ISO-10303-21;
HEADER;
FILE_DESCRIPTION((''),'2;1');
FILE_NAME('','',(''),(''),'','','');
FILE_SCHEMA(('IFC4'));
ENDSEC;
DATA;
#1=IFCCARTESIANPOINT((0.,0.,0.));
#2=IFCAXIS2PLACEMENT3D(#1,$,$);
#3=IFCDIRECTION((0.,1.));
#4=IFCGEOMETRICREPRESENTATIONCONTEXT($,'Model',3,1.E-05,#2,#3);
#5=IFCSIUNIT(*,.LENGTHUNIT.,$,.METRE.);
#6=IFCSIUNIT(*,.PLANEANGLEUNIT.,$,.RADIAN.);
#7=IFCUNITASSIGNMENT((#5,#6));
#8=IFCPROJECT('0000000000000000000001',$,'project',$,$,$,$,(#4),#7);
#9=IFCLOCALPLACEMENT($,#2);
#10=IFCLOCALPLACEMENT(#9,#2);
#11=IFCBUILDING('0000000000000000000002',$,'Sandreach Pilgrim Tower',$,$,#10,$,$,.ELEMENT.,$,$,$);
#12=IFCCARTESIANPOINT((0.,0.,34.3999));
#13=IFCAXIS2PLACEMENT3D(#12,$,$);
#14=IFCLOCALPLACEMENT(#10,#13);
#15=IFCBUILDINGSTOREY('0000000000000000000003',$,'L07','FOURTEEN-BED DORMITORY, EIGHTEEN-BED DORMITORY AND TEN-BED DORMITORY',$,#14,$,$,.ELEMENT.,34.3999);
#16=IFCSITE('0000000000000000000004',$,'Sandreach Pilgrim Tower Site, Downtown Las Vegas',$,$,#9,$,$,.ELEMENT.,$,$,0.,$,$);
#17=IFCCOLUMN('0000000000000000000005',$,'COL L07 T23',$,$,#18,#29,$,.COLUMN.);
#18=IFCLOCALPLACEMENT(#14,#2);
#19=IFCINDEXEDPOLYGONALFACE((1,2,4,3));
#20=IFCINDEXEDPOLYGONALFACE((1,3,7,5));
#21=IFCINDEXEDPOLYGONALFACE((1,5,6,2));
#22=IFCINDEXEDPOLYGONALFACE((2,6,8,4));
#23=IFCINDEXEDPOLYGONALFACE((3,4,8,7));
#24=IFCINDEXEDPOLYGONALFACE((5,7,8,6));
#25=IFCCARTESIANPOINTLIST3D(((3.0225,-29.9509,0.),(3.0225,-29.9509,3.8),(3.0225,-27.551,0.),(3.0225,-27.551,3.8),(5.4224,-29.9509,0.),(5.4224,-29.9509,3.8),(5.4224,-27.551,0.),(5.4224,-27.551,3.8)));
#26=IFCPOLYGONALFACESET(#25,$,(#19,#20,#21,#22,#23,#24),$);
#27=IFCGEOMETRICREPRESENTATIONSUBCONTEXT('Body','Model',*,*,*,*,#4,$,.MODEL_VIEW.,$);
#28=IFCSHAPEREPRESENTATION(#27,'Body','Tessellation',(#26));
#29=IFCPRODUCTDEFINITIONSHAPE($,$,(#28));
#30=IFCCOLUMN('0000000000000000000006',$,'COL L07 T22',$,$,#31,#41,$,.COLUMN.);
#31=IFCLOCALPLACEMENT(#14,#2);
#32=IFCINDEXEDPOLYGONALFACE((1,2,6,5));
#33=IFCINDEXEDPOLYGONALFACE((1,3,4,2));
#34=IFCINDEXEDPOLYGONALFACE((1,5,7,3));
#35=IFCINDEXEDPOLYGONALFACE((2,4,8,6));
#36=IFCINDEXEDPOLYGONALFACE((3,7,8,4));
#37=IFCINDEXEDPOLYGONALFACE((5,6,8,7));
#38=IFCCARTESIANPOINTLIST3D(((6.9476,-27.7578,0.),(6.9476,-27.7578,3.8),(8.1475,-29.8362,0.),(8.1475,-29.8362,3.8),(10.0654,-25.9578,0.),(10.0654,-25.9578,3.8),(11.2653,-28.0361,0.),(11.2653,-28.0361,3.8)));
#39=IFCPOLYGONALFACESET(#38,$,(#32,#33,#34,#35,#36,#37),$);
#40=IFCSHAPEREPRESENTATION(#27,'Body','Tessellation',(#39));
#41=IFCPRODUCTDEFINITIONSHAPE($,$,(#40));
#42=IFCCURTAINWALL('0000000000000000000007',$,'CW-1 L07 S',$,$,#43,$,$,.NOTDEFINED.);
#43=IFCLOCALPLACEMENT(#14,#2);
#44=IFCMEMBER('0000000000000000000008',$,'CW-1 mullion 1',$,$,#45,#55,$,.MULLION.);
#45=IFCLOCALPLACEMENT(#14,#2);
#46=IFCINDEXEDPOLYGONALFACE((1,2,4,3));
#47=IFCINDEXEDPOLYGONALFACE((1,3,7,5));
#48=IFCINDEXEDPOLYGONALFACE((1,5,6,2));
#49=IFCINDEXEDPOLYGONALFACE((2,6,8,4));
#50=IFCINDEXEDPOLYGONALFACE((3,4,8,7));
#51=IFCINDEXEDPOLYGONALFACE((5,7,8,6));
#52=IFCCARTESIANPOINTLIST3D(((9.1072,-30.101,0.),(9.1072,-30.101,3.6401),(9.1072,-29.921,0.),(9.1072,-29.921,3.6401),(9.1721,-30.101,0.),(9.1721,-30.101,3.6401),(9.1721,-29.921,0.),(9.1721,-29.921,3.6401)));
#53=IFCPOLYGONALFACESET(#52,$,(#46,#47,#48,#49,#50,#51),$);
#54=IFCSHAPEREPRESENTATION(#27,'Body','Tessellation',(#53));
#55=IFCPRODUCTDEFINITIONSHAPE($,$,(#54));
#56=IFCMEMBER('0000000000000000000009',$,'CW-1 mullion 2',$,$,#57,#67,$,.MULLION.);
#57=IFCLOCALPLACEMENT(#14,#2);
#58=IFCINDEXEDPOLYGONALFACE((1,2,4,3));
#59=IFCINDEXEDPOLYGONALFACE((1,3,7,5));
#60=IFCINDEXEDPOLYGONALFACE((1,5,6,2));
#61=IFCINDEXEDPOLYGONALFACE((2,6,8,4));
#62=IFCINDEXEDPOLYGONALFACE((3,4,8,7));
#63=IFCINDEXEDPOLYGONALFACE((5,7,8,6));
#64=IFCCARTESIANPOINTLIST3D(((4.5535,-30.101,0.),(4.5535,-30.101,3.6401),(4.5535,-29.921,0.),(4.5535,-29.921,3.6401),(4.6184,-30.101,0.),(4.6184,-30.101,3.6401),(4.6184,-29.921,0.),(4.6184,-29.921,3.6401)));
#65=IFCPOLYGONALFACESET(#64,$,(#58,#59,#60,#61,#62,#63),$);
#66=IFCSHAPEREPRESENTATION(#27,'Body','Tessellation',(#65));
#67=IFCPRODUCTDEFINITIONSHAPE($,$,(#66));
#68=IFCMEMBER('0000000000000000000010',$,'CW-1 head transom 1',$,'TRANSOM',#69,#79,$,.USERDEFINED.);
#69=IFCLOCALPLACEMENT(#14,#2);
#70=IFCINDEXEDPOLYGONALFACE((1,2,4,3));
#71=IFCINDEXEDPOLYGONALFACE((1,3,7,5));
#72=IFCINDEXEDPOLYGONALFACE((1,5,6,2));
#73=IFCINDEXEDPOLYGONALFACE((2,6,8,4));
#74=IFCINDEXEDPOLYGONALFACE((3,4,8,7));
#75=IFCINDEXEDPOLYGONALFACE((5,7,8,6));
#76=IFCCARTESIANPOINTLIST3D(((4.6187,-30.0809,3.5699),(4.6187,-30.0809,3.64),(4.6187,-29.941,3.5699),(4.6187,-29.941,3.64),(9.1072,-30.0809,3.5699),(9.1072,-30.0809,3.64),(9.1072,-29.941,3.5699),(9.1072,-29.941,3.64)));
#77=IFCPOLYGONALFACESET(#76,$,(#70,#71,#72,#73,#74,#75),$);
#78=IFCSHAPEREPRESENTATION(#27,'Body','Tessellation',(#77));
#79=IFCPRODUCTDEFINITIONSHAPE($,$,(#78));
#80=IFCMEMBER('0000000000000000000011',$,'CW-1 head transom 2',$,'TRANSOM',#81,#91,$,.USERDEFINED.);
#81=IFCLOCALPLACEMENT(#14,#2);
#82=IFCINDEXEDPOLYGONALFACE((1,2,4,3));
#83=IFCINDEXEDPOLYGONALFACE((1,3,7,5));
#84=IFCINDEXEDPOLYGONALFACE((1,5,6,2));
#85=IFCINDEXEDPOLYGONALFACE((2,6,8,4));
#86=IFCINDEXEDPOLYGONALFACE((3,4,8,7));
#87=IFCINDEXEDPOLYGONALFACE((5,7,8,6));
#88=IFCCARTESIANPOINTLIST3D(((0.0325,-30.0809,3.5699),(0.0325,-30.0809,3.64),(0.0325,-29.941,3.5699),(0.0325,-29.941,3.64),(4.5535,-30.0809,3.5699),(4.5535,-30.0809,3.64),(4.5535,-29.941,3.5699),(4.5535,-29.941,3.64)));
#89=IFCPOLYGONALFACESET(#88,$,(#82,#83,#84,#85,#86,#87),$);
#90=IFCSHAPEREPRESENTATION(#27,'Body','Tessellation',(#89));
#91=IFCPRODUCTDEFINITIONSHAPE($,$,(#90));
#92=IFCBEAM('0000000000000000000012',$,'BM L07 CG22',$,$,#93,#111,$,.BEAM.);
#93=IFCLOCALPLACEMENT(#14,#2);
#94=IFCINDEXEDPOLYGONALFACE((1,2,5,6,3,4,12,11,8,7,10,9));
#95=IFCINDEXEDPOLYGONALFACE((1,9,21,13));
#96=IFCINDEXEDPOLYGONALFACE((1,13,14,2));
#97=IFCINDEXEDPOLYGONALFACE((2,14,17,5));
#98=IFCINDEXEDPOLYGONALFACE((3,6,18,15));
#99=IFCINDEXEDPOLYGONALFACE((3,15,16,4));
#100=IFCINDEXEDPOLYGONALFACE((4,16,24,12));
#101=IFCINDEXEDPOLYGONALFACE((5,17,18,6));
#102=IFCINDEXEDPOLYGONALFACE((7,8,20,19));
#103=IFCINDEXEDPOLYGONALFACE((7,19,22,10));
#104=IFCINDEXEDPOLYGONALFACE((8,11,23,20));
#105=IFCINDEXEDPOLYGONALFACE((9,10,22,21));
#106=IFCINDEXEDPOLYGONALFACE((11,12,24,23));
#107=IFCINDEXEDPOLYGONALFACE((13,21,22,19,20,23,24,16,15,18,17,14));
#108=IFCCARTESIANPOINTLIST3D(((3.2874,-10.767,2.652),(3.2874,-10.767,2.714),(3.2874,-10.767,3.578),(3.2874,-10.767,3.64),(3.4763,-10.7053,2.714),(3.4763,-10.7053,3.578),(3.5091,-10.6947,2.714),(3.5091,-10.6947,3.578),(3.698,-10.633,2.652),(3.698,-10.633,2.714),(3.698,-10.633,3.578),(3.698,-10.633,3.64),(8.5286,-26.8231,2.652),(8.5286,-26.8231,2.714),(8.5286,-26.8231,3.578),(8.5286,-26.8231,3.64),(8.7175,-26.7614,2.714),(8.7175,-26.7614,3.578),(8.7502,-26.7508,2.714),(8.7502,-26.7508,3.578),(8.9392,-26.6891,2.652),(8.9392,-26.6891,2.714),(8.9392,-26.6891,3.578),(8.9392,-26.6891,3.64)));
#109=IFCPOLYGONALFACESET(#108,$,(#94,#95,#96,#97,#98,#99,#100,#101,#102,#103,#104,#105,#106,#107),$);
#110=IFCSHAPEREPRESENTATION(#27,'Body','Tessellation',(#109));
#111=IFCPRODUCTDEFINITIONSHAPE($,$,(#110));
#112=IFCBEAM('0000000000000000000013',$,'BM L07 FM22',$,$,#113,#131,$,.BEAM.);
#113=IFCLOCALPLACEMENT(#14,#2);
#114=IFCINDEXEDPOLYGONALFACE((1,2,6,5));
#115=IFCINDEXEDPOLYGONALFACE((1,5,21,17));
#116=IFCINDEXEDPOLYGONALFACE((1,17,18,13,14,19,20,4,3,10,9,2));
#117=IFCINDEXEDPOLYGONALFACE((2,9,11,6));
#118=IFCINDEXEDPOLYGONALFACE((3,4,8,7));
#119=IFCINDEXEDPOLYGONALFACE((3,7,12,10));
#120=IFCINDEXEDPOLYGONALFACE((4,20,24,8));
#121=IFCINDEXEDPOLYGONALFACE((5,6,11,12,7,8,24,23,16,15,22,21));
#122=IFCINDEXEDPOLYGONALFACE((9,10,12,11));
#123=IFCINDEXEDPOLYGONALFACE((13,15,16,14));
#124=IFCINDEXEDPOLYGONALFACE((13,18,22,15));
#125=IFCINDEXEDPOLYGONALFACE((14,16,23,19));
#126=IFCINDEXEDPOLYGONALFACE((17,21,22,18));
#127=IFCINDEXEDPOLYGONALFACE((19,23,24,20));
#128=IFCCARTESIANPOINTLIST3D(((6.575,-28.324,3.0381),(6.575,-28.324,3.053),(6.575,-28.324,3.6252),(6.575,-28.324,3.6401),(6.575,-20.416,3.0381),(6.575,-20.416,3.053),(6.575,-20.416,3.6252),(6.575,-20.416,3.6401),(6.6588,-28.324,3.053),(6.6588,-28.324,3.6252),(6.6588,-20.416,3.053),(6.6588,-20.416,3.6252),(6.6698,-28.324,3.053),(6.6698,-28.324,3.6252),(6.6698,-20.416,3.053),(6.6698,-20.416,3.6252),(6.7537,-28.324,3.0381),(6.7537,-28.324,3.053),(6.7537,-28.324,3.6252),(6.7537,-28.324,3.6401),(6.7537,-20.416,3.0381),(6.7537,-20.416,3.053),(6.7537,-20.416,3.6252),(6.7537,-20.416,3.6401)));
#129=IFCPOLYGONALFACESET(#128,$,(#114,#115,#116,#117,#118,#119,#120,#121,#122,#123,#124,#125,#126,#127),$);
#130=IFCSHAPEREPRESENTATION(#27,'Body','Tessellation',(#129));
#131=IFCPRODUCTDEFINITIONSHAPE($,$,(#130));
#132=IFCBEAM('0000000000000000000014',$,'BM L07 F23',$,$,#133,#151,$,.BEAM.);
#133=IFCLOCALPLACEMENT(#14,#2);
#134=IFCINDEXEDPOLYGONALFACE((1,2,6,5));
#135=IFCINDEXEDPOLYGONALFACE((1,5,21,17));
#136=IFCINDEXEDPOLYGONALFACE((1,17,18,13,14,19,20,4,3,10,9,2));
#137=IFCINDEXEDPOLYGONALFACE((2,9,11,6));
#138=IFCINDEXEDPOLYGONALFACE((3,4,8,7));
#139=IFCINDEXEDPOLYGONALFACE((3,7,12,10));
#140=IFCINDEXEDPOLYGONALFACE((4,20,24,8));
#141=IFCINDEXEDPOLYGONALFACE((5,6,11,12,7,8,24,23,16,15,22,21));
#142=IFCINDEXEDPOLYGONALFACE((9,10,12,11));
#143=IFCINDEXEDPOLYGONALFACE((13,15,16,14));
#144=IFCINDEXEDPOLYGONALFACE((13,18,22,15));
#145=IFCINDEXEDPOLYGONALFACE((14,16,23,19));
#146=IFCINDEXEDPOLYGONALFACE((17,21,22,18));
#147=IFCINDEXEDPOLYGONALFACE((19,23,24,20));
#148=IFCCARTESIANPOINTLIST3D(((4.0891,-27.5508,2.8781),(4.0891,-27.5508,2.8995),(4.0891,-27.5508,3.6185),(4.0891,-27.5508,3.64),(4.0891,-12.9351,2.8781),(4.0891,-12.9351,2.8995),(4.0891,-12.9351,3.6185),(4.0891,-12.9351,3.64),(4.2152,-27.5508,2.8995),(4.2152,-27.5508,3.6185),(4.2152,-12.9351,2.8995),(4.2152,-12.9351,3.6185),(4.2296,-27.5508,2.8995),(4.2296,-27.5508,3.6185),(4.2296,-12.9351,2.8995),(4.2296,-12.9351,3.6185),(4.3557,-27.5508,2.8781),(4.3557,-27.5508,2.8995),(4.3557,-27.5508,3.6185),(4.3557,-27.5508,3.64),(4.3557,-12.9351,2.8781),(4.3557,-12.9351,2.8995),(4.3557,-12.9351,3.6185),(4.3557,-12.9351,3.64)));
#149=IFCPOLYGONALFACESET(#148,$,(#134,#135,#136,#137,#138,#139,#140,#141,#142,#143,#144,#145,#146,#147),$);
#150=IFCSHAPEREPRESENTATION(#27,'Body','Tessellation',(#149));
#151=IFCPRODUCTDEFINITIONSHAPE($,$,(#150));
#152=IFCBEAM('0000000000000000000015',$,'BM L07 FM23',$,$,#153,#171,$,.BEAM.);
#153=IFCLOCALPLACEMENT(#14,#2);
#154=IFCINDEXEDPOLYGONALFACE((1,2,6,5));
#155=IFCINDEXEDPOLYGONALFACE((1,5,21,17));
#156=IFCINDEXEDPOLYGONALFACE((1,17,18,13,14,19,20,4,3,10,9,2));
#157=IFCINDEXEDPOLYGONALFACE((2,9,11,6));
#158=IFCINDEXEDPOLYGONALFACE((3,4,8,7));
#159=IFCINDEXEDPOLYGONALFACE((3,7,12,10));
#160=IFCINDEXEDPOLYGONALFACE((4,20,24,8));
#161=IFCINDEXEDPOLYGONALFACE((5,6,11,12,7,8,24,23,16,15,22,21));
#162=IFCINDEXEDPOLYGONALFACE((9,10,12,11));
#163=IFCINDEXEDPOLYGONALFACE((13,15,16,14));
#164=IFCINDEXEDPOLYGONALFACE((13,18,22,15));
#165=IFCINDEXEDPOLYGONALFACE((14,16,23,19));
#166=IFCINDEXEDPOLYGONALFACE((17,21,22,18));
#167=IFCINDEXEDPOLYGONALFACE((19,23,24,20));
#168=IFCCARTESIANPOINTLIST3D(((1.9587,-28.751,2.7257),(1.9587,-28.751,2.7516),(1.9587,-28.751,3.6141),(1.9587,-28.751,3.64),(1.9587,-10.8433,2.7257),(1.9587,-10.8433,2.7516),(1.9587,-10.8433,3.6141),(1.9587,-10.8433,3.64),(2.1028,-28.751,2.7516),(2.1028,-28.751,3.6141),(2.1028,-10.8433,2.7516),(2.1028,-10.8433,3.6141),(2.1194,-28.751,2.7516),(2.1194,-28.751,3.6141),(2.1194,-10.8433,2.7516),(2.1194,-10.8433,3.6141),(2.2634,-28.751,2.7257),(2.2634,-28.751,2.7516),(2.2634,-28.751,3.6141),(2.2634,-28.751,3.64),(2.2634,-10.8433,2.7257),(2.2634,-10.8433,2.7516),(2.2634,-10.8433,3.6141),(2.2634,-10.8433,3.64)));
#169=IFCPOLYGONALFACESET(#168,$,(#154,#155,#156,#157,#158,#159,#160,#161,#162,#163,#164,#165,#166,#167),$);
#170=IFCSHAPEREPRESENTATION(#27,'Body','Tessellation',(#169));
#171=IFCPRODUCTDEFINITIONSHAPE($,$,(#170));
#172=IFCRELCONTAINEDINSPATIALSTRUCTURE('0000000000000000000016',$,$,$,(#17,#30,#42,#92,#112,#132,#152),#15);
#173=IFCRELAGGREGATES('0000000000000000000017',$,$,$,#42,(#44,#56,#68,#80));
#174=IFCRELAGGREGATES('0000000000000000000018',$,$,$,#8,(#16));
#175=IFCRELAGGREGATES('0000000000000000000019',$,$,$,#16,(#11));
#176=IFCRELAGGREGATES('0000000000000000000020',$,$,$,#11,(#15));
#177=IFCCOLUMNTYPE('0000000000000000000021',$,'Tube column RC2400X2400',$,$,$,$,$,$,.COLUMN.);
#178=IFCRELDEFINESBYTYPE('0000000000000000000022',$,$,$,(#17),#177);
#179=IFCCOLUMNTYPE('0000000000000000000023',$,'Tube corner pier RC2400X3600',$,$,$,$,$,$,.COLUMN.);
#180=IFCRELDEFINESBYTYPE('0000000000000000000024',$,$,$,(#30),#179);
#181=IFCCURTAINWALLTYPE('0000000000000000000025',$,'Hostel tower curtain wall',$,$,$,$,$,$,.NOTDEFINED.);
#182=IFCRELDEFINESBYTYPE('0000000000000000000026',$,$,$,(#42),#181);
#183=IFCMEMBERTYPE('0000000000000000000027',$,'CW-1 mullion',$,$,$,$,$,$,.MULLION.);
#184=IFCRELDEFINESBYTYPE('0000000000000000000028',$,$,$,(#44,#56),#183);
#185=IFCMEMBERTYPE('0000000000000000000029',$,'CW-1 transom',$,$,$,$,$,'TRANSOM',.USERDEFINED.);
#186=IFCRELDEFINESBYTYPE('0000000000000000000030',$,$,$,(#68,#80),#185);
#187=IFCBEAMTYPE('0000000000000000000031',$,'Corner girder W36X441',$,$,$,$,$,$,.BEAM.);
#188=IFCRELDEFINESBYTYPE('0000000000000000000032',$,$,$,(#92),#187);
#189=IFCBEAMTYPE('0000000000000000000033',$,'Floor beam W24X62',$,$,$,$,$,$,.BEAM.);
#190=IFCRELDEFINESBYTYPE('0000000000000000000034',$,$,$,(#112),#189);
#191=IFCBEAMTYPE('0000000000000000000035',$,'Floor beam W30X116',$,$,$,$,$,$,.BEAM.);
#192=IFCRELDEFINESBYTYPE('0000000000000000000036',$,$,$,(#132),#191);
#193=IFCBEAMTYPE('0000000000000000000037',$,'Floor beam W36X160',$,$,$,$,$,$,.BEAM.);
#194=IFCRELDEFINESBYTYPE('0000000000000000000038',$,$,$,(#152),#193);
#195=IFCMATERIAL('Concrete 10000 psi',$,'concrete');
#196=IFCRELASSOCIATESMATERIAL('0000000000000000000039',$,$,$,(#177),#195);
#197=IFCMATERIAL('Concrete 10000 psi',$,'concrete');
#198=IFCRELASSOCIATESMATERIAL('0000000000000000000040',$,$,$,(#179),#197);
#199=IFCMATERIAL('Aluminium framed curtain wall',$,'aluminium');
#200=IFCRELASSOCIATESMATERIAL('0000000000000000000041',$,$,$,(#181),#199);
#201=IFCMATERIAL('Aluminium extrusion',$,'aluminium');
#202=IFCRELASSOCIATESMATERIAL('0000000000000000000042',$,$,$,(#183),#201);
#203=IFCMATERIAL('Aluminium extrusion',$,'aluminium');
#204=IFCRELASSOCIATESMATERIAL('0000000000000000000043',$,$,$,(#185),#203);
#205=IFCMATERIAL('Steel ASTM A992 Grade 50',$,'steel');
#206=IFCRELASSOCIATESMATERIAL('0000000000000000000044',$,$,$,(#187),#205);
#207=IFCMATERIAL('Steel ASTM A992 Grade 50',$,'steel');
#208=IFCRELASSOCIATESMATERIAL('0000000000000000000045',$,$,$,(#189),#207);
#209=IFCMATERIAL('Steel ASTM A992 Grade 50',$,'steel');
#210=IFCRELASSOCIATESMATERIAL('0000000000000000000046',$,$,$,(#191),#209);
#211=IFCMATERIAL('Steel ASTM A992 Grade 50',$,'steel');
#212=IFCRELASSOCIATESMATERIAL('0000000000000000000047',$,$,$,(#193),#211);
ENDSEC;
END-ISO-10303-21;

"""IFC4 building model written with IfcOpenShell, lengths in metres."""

from ifc_helpers import new_model, si_unit, direction, frame, origin, origin_2d, place, context, subcontext, project, spatial, rectangle, i_section, extrude, material, material_profile, profile_set, type_object, element, aggregate, save


model = new_model("IFC4")

# Units and contexts
model_context = context("Model", 3, precision=1e-05, world=origin(), true_north=direction((0.0, 1.0)))
body_context = subcontext(model_context, "Body", "Model", "MODEL_VIEW")
ifc_project = project(units=[si_unit("LENGTHUNIT", "METRE"), si_unit("PLANEANGLEUNIT", "RADIAN")], contexts=[model_context])

# Site, building, storey
site_placement = place(None, origin())
site = spatial("IfcSite", under=ifc_project, at=site_placement, Name="Sandreach Pilgrim Tower Site, Downtown Las Vegas", CompositionType="ELEMENT", RefElevation=0.0)
building_placement = place(site_placement, origin())
building = spatial("IfcBuilding", under=site, at=building_placement, Name="Sandreach Pilgrim Tower", CompositionType="ELEMENT")
storey_placement = place(building_placement, frame((0.0, 0.0, 34.3999)))
storey = spatial("IfcBuildingStorey", under=building, at=storey_placement, Name="L07", Description="FOURTEEN-BED DORMITORY, EIGHTEEN-BED DORMITORY AND TEN-BED DORMITORY", CompositionType="ELEMENT", Elevation=34.3999)

# Columns
ifc_material_1 = material(Name="Concrete 10000 psi", Category="concrete")
ifc_material_profile_1 = material_profile(ifc_material_1, rectangle(XDim=2.3999, YDim=2.3999, at=origin_2d()), Name="RC2400X2400")
ifc_profile_set_1 = profile_set([ifc_material_profile_1], Name="Concrete 10000 psi")
column_type_1 = type_object("IfcColumnType", Name="Tube column RC2400X2400", PredefinedType="COLUMN", material=ifc_profile_set_1)
column_1_placement = place(storey_placement, frame((4.2224, -28.751, 0.0), z_axis=(0.0, 0.0, 1.0), x_axis=(0.0, -1.0, 0.0)))
element("IfcColumn", 1, at=column_1_placement, inside=storey, type_object=column_type_1, Name="COL L07 T23", PredefinedType="COLUMN", context=body_context, shape_type="SweptSolid", body=[
    extrude(rectangle(XDim=2.3999, YDim=2.3999, at=origin_2d()), origin(), (0.0, 0.0, 1.0), 3.8),
])
ifc_material_2 = material(Name="Concrete 10000 psi", Category="concrete")
ifc_material_profile_2 = material_profile(ifc_material_2, rectangle(XDim=2.3999, YDim=3.6001, at=origin_2d()), Name="RC2400X3600")
ifc_profile_set_2 = profile_set([ifc_material_profile_2], Name="Concrete 10000 psi")
column_type_2 = type_object("IfcColumnType", Name="Tube corner pier RC2400X3600", PredefinedType="COLUMN", material=ifc_profile_set_2)
column_2_placement = place(storey_placement, frame((9.1064, -27.897, 0.0), z_axis=(0.0, 0.0, 1.0), x_axis=(0.5, -0.866025, 0.0)))
element("IfcColumn", 2, at=column_2_placement, inside=storey, type_object=column_type_2, Name="COL L07 T22", PredefinedType="COLUMN", context=body_context, shape_type="SweptSolid", body=[
    extrude(rectangle(XDim=2.3999, YDim=3.6001, at=origin_2d()), origin(), (0.0, 0.0, 1.0), 3.8),
])

# Curtain wall, members
ifc_material_3 = material(Name="Aluminium framed curtain wall", Category="aluminium")
curtain_wall_type = type_object("IfcCurtainWallType", Name="Hostel tower curtain wall", PredefinedType="NOTDEFINED", material=ifc_material_3)
curtain_wall_placement = place(storey_placement, origin())
curtain_wall = element("IfcCurtainWall", 3, at=curtain_wall_placement, inside=storey, type_object=curtain_wall_type, Name="CW-1 L07 S", PredefinedType="NOTDEFINED")
ifc_material_4 = material(Name="Aluminium extrusion", Category="aluminium")
ifc_material_profile_3 = material_profile(ifc_material_4, rectangle(XDim=0.0649, YDim=0.1799, at=origin_2d()), Name="CW-1M 65X180")
ifc_profile_set_3 = profile_set([ifc_material_profile_3], Name="Aluminium extrusion")
member_type_1 = type_object("IfcMemberType", Name="CW-1 mullion", PredefinedType="MULLION", material=ifc_profile_set_3)
member_1_placement = place(storey_placement, frame((9.1396, -30.011, 0.0), z_axis=(0.0, 0.0, 1.0), x_axis=(-1.0, 0.0, 0.0)))
member_1 = element("IfcMember", 4, at=member_1_placement, type_object=member_type_1, Name="CW-1 mullion 1", PredefinedType="MULLION", context=body_context, shape_type="SweptSolid", body=[
    extrude(rectangle(XDim=0.0649, YDim=0.1799, at=origin_2d()), origin(), (0.0, 0.0, 1.0), 3.6401),
])
member_2_placement = place(storey_placement, frame((4.5859, -30.011, 0.0), z_axis=(0.0, 0.0, 1.0), x_axis=(-1.0, 0.0, 0.0)))
member_2 = element("IfcMember", 5, at=member_2_placement, type_object=member_type_1, Name="CW-1 mullion 2", PredefinedType="MULLION", context=body_context, shape_type="SweptSolid", body=[
    extrude(rectangle(XDim=0.0649, YDim=0.1799, at=origin_2d()), origin(), (0.0, 0.0, 1.0), 3.6401),
])
ifc_material_5 = material(Name="Aluminium extrusion", Category="aluminium")
ifc_material_profile_4 = material_profile(ifc_material_5, rectangle(XDim=0.1399, YDim=0.0701, at=origin_2d()), Name="CW-1T 140X70")
ifc_profile_set_4 = profile_set([ifc_material_profile_4], Name="Aluminium extrusion")
member_type_2 = type_object("IfcMemberType", Name="CW-1 transom", ElementType="TRANSOM", PredefinedType="USERDEFINED", material=ifc_profile_set_4)
member_3_placement = place(storey_placement, frame((9.1072, -30.011, 3.605), z_axis=(-1.0, 0.0, 0.0), x_axis=(0.0, -1.0, 0.0)))
member_3 = element("IfcMember", 6, at=member_3_placement, type_object=member_type_2, Name="CW-1 head transom 1", ObjectType="TRANSOM", PredefinedType="USERDEFINED", context=body_context, shape_type="SweptSolid", body=[
    extrude(rectangle(XDim=0.1399, YDim=0.0701, at=origin_2d()), origin(), (0.0, 0.0, 1.0), 4.4885),
])
member_4_placement = place(storey_placement, frame((4.5535, -30.011, 3.605), z_axis=(-1.0, 0.0, 0.0), x_axis=(0.0, -1.0, 0.0)))
member_4 = element("IfcMember", 7, at=member_4_placement, type_object=member_type_2, Name="CW-1 head transom 2", ObjectType="TRANSOM", PredefinedType="USERDEFINED", context=body_context, shape_type="SweptSolid", body=[
    extrude(rectangle(XDim=0.1399, YDim=0.0701, at=origin_2d()), origin(), (0.0, 0.0, 1.0), 4.521),
])

# Beams
ifc_material_6 = material(Name="Steel ASTM A992 Grade 50", Category="steel")
ifc_material_profile_5 = material_profile(ifc_material_6, i_section(OverallWidth=0.4319, OverallDepth=0.988, WebThickness=0.0344, FlangeThickness=0.062, at=origin_2d()), Name="W36X441")
ifc_profile_set_5 = profile_set([ifc_material_profile_5], Name="Steel ASTM A992 Grade 50")
beam_type_1 = type_object("IfcBeamType", Name="Corner girder W36X441", PredefinedType="BEAM", material=ifc_profile_set_5)
beam_1_placement = place(storey_placement, frame((8.7339, -26.7561, 3.146), z_axis=(-0.310315, 0.950634, 0.0), x_axis=(-0.950634, -0.310315, 0.0)))
element("IfcBeam", 8, at=beam_1_placement, inside=storey, type_object=beam_type_1, Name="BM L07 CG22", PredefinedType="BEAM", context=body_context, shape_type="SweptSolid", body=[
    extrude(i_section(OverallWidth=0.4319, OverallDepth=0.988, WebThickness=0.0344, FlangeThickness=0.062, at=origin_2d()), origin(), (0.0, 0.0, 1.0), 16.8899),
])
ifc_material_7 = material(Name="Steel ASTM A992 Grade 50", Category="steel")
ifc_material_profile_6 = material_profile(ifc_material_7, i_section(OverallWidth=0.1787, OverallDepth=0.6021, WebThickness=0.011, FlangeThickness=0.0149, at=origin_2d()), Name="W24X62")
ifc_profile_set_6 = profile_set([ifc_material_profile_6], Name="Steel ASTM A992 Grade 50")
beam_type_2 = type_object("IfcBeamType", Name="Floor beam W24X62", PredefinedType="BEAM", material=ifc_profile_set_6)
beam_2_placement = place(storey_placement, frame((6.6643, -28.324, 3.3391), z_axis=(0.0, 1.0, 0.0), x_axis=(-1.0, 0.0, 0.0)))
element("IfcBeam", 9, at=beam_2_placement, inside=storey, type_object=beam_type_2, Name="BM L07 FM22", PredefinedType="BEAM", context=body_context, shape_type="SweptSolid", body=[
    extrude(i_section(OverallWidth=0.1787, OverallDepth=0.6021, WebThickness=0.011, FlangeThickness=0.0149, at=origin_2d()), origin(), (0.0, 0.0, 1.0), 7.908),
])
ifc_material_8 = material(Name="Steel ASTM A992 Grade 50", Category="steel")
ifc_material_profile_7 = material_profile(ifc_material_8, i_section(OverallWidth=0.2666, OverallDepth=0.762, WebThickness=0.0144, FlangeThickness=0.0215, at=origin_2d()), Name="W30X116")
ifc_profile_set_7 = profile_set([ifc_material_profile_7], Name="Steel ASTM A992 Grade 50")
beam_type_3 = type_object("IfcBeamType", Name="Floor beam W30X116", PredefinedType="BEAM", material=ifc_profile_set_7)
beam_3_placement = place(storey_placement, frame((4.2224, -27.5508, 3.259), z_axis=(0.0, 1.0, 0.0), x_axis=(-1.0, 0.0, 0.0)))
element("IfcBeam", 10, at=beam_3_placement, inside=storey, type_object=beam_type_3, Name="BM L07 F23", PredefinedType="BEAM", context=body_context, shape_type="SweptSolid", body=[
    extrude(i_section(OverallWidth=0.2666, OverallDepth=0.762, WebThickness=0.0144, FlangeThickness=0.0215, at=origin_2d()), origin(), (0.0, 0.0, 1.0), 14.6157),
])
ifc_material_9 = material(Name="Steel ASTM A992 Grade 50", Category="steel")
ifc_material_profile_8 = material_profile(ifc_material_9, i_section(OverallWidth=0.3047, OverallDepth=0.9143, WebThickness=0.0166, FlangeThickness=0.0259, at=origin_2d()), Name="W36X160")
ifc_profile_set_8 = profile_set([ifc_material_profile_8], Name="Steel ASTM A992 Grade 50")
beam_type_4 = type_object("IfcBeamType", Name="Floor beam W36X160", PredefinedType="BEAM", material=ifc_profile_set_8)
beam_4_placement = place(storey_placement, frame((2.1111, -28.751, 3.1829), z_axis=(0.0, 1.0, 0.0), x_axis=(-1.0, 0.0, 0.0)))
element("IfcBeam", 11, at=beam_4_placement, inside=storey, type_object=beam_type_4, Name="BM L07 FM23", PredefinedType="BEAM", context=body_context, shape_type="SweptSolid", body=[
    extrude(i_section(OverallWidth=0.3047, OverallDepth=0.9143, WebThickness=0.0166, FlangeThickness=0.0259, at=origin_2d()), origin(), (0.0, 0.0, 1.0), 17.9077),
])

aggregate(curtain_wall, [member_1, member_2, member_3, member_4])

save(model, "model.ifc")
